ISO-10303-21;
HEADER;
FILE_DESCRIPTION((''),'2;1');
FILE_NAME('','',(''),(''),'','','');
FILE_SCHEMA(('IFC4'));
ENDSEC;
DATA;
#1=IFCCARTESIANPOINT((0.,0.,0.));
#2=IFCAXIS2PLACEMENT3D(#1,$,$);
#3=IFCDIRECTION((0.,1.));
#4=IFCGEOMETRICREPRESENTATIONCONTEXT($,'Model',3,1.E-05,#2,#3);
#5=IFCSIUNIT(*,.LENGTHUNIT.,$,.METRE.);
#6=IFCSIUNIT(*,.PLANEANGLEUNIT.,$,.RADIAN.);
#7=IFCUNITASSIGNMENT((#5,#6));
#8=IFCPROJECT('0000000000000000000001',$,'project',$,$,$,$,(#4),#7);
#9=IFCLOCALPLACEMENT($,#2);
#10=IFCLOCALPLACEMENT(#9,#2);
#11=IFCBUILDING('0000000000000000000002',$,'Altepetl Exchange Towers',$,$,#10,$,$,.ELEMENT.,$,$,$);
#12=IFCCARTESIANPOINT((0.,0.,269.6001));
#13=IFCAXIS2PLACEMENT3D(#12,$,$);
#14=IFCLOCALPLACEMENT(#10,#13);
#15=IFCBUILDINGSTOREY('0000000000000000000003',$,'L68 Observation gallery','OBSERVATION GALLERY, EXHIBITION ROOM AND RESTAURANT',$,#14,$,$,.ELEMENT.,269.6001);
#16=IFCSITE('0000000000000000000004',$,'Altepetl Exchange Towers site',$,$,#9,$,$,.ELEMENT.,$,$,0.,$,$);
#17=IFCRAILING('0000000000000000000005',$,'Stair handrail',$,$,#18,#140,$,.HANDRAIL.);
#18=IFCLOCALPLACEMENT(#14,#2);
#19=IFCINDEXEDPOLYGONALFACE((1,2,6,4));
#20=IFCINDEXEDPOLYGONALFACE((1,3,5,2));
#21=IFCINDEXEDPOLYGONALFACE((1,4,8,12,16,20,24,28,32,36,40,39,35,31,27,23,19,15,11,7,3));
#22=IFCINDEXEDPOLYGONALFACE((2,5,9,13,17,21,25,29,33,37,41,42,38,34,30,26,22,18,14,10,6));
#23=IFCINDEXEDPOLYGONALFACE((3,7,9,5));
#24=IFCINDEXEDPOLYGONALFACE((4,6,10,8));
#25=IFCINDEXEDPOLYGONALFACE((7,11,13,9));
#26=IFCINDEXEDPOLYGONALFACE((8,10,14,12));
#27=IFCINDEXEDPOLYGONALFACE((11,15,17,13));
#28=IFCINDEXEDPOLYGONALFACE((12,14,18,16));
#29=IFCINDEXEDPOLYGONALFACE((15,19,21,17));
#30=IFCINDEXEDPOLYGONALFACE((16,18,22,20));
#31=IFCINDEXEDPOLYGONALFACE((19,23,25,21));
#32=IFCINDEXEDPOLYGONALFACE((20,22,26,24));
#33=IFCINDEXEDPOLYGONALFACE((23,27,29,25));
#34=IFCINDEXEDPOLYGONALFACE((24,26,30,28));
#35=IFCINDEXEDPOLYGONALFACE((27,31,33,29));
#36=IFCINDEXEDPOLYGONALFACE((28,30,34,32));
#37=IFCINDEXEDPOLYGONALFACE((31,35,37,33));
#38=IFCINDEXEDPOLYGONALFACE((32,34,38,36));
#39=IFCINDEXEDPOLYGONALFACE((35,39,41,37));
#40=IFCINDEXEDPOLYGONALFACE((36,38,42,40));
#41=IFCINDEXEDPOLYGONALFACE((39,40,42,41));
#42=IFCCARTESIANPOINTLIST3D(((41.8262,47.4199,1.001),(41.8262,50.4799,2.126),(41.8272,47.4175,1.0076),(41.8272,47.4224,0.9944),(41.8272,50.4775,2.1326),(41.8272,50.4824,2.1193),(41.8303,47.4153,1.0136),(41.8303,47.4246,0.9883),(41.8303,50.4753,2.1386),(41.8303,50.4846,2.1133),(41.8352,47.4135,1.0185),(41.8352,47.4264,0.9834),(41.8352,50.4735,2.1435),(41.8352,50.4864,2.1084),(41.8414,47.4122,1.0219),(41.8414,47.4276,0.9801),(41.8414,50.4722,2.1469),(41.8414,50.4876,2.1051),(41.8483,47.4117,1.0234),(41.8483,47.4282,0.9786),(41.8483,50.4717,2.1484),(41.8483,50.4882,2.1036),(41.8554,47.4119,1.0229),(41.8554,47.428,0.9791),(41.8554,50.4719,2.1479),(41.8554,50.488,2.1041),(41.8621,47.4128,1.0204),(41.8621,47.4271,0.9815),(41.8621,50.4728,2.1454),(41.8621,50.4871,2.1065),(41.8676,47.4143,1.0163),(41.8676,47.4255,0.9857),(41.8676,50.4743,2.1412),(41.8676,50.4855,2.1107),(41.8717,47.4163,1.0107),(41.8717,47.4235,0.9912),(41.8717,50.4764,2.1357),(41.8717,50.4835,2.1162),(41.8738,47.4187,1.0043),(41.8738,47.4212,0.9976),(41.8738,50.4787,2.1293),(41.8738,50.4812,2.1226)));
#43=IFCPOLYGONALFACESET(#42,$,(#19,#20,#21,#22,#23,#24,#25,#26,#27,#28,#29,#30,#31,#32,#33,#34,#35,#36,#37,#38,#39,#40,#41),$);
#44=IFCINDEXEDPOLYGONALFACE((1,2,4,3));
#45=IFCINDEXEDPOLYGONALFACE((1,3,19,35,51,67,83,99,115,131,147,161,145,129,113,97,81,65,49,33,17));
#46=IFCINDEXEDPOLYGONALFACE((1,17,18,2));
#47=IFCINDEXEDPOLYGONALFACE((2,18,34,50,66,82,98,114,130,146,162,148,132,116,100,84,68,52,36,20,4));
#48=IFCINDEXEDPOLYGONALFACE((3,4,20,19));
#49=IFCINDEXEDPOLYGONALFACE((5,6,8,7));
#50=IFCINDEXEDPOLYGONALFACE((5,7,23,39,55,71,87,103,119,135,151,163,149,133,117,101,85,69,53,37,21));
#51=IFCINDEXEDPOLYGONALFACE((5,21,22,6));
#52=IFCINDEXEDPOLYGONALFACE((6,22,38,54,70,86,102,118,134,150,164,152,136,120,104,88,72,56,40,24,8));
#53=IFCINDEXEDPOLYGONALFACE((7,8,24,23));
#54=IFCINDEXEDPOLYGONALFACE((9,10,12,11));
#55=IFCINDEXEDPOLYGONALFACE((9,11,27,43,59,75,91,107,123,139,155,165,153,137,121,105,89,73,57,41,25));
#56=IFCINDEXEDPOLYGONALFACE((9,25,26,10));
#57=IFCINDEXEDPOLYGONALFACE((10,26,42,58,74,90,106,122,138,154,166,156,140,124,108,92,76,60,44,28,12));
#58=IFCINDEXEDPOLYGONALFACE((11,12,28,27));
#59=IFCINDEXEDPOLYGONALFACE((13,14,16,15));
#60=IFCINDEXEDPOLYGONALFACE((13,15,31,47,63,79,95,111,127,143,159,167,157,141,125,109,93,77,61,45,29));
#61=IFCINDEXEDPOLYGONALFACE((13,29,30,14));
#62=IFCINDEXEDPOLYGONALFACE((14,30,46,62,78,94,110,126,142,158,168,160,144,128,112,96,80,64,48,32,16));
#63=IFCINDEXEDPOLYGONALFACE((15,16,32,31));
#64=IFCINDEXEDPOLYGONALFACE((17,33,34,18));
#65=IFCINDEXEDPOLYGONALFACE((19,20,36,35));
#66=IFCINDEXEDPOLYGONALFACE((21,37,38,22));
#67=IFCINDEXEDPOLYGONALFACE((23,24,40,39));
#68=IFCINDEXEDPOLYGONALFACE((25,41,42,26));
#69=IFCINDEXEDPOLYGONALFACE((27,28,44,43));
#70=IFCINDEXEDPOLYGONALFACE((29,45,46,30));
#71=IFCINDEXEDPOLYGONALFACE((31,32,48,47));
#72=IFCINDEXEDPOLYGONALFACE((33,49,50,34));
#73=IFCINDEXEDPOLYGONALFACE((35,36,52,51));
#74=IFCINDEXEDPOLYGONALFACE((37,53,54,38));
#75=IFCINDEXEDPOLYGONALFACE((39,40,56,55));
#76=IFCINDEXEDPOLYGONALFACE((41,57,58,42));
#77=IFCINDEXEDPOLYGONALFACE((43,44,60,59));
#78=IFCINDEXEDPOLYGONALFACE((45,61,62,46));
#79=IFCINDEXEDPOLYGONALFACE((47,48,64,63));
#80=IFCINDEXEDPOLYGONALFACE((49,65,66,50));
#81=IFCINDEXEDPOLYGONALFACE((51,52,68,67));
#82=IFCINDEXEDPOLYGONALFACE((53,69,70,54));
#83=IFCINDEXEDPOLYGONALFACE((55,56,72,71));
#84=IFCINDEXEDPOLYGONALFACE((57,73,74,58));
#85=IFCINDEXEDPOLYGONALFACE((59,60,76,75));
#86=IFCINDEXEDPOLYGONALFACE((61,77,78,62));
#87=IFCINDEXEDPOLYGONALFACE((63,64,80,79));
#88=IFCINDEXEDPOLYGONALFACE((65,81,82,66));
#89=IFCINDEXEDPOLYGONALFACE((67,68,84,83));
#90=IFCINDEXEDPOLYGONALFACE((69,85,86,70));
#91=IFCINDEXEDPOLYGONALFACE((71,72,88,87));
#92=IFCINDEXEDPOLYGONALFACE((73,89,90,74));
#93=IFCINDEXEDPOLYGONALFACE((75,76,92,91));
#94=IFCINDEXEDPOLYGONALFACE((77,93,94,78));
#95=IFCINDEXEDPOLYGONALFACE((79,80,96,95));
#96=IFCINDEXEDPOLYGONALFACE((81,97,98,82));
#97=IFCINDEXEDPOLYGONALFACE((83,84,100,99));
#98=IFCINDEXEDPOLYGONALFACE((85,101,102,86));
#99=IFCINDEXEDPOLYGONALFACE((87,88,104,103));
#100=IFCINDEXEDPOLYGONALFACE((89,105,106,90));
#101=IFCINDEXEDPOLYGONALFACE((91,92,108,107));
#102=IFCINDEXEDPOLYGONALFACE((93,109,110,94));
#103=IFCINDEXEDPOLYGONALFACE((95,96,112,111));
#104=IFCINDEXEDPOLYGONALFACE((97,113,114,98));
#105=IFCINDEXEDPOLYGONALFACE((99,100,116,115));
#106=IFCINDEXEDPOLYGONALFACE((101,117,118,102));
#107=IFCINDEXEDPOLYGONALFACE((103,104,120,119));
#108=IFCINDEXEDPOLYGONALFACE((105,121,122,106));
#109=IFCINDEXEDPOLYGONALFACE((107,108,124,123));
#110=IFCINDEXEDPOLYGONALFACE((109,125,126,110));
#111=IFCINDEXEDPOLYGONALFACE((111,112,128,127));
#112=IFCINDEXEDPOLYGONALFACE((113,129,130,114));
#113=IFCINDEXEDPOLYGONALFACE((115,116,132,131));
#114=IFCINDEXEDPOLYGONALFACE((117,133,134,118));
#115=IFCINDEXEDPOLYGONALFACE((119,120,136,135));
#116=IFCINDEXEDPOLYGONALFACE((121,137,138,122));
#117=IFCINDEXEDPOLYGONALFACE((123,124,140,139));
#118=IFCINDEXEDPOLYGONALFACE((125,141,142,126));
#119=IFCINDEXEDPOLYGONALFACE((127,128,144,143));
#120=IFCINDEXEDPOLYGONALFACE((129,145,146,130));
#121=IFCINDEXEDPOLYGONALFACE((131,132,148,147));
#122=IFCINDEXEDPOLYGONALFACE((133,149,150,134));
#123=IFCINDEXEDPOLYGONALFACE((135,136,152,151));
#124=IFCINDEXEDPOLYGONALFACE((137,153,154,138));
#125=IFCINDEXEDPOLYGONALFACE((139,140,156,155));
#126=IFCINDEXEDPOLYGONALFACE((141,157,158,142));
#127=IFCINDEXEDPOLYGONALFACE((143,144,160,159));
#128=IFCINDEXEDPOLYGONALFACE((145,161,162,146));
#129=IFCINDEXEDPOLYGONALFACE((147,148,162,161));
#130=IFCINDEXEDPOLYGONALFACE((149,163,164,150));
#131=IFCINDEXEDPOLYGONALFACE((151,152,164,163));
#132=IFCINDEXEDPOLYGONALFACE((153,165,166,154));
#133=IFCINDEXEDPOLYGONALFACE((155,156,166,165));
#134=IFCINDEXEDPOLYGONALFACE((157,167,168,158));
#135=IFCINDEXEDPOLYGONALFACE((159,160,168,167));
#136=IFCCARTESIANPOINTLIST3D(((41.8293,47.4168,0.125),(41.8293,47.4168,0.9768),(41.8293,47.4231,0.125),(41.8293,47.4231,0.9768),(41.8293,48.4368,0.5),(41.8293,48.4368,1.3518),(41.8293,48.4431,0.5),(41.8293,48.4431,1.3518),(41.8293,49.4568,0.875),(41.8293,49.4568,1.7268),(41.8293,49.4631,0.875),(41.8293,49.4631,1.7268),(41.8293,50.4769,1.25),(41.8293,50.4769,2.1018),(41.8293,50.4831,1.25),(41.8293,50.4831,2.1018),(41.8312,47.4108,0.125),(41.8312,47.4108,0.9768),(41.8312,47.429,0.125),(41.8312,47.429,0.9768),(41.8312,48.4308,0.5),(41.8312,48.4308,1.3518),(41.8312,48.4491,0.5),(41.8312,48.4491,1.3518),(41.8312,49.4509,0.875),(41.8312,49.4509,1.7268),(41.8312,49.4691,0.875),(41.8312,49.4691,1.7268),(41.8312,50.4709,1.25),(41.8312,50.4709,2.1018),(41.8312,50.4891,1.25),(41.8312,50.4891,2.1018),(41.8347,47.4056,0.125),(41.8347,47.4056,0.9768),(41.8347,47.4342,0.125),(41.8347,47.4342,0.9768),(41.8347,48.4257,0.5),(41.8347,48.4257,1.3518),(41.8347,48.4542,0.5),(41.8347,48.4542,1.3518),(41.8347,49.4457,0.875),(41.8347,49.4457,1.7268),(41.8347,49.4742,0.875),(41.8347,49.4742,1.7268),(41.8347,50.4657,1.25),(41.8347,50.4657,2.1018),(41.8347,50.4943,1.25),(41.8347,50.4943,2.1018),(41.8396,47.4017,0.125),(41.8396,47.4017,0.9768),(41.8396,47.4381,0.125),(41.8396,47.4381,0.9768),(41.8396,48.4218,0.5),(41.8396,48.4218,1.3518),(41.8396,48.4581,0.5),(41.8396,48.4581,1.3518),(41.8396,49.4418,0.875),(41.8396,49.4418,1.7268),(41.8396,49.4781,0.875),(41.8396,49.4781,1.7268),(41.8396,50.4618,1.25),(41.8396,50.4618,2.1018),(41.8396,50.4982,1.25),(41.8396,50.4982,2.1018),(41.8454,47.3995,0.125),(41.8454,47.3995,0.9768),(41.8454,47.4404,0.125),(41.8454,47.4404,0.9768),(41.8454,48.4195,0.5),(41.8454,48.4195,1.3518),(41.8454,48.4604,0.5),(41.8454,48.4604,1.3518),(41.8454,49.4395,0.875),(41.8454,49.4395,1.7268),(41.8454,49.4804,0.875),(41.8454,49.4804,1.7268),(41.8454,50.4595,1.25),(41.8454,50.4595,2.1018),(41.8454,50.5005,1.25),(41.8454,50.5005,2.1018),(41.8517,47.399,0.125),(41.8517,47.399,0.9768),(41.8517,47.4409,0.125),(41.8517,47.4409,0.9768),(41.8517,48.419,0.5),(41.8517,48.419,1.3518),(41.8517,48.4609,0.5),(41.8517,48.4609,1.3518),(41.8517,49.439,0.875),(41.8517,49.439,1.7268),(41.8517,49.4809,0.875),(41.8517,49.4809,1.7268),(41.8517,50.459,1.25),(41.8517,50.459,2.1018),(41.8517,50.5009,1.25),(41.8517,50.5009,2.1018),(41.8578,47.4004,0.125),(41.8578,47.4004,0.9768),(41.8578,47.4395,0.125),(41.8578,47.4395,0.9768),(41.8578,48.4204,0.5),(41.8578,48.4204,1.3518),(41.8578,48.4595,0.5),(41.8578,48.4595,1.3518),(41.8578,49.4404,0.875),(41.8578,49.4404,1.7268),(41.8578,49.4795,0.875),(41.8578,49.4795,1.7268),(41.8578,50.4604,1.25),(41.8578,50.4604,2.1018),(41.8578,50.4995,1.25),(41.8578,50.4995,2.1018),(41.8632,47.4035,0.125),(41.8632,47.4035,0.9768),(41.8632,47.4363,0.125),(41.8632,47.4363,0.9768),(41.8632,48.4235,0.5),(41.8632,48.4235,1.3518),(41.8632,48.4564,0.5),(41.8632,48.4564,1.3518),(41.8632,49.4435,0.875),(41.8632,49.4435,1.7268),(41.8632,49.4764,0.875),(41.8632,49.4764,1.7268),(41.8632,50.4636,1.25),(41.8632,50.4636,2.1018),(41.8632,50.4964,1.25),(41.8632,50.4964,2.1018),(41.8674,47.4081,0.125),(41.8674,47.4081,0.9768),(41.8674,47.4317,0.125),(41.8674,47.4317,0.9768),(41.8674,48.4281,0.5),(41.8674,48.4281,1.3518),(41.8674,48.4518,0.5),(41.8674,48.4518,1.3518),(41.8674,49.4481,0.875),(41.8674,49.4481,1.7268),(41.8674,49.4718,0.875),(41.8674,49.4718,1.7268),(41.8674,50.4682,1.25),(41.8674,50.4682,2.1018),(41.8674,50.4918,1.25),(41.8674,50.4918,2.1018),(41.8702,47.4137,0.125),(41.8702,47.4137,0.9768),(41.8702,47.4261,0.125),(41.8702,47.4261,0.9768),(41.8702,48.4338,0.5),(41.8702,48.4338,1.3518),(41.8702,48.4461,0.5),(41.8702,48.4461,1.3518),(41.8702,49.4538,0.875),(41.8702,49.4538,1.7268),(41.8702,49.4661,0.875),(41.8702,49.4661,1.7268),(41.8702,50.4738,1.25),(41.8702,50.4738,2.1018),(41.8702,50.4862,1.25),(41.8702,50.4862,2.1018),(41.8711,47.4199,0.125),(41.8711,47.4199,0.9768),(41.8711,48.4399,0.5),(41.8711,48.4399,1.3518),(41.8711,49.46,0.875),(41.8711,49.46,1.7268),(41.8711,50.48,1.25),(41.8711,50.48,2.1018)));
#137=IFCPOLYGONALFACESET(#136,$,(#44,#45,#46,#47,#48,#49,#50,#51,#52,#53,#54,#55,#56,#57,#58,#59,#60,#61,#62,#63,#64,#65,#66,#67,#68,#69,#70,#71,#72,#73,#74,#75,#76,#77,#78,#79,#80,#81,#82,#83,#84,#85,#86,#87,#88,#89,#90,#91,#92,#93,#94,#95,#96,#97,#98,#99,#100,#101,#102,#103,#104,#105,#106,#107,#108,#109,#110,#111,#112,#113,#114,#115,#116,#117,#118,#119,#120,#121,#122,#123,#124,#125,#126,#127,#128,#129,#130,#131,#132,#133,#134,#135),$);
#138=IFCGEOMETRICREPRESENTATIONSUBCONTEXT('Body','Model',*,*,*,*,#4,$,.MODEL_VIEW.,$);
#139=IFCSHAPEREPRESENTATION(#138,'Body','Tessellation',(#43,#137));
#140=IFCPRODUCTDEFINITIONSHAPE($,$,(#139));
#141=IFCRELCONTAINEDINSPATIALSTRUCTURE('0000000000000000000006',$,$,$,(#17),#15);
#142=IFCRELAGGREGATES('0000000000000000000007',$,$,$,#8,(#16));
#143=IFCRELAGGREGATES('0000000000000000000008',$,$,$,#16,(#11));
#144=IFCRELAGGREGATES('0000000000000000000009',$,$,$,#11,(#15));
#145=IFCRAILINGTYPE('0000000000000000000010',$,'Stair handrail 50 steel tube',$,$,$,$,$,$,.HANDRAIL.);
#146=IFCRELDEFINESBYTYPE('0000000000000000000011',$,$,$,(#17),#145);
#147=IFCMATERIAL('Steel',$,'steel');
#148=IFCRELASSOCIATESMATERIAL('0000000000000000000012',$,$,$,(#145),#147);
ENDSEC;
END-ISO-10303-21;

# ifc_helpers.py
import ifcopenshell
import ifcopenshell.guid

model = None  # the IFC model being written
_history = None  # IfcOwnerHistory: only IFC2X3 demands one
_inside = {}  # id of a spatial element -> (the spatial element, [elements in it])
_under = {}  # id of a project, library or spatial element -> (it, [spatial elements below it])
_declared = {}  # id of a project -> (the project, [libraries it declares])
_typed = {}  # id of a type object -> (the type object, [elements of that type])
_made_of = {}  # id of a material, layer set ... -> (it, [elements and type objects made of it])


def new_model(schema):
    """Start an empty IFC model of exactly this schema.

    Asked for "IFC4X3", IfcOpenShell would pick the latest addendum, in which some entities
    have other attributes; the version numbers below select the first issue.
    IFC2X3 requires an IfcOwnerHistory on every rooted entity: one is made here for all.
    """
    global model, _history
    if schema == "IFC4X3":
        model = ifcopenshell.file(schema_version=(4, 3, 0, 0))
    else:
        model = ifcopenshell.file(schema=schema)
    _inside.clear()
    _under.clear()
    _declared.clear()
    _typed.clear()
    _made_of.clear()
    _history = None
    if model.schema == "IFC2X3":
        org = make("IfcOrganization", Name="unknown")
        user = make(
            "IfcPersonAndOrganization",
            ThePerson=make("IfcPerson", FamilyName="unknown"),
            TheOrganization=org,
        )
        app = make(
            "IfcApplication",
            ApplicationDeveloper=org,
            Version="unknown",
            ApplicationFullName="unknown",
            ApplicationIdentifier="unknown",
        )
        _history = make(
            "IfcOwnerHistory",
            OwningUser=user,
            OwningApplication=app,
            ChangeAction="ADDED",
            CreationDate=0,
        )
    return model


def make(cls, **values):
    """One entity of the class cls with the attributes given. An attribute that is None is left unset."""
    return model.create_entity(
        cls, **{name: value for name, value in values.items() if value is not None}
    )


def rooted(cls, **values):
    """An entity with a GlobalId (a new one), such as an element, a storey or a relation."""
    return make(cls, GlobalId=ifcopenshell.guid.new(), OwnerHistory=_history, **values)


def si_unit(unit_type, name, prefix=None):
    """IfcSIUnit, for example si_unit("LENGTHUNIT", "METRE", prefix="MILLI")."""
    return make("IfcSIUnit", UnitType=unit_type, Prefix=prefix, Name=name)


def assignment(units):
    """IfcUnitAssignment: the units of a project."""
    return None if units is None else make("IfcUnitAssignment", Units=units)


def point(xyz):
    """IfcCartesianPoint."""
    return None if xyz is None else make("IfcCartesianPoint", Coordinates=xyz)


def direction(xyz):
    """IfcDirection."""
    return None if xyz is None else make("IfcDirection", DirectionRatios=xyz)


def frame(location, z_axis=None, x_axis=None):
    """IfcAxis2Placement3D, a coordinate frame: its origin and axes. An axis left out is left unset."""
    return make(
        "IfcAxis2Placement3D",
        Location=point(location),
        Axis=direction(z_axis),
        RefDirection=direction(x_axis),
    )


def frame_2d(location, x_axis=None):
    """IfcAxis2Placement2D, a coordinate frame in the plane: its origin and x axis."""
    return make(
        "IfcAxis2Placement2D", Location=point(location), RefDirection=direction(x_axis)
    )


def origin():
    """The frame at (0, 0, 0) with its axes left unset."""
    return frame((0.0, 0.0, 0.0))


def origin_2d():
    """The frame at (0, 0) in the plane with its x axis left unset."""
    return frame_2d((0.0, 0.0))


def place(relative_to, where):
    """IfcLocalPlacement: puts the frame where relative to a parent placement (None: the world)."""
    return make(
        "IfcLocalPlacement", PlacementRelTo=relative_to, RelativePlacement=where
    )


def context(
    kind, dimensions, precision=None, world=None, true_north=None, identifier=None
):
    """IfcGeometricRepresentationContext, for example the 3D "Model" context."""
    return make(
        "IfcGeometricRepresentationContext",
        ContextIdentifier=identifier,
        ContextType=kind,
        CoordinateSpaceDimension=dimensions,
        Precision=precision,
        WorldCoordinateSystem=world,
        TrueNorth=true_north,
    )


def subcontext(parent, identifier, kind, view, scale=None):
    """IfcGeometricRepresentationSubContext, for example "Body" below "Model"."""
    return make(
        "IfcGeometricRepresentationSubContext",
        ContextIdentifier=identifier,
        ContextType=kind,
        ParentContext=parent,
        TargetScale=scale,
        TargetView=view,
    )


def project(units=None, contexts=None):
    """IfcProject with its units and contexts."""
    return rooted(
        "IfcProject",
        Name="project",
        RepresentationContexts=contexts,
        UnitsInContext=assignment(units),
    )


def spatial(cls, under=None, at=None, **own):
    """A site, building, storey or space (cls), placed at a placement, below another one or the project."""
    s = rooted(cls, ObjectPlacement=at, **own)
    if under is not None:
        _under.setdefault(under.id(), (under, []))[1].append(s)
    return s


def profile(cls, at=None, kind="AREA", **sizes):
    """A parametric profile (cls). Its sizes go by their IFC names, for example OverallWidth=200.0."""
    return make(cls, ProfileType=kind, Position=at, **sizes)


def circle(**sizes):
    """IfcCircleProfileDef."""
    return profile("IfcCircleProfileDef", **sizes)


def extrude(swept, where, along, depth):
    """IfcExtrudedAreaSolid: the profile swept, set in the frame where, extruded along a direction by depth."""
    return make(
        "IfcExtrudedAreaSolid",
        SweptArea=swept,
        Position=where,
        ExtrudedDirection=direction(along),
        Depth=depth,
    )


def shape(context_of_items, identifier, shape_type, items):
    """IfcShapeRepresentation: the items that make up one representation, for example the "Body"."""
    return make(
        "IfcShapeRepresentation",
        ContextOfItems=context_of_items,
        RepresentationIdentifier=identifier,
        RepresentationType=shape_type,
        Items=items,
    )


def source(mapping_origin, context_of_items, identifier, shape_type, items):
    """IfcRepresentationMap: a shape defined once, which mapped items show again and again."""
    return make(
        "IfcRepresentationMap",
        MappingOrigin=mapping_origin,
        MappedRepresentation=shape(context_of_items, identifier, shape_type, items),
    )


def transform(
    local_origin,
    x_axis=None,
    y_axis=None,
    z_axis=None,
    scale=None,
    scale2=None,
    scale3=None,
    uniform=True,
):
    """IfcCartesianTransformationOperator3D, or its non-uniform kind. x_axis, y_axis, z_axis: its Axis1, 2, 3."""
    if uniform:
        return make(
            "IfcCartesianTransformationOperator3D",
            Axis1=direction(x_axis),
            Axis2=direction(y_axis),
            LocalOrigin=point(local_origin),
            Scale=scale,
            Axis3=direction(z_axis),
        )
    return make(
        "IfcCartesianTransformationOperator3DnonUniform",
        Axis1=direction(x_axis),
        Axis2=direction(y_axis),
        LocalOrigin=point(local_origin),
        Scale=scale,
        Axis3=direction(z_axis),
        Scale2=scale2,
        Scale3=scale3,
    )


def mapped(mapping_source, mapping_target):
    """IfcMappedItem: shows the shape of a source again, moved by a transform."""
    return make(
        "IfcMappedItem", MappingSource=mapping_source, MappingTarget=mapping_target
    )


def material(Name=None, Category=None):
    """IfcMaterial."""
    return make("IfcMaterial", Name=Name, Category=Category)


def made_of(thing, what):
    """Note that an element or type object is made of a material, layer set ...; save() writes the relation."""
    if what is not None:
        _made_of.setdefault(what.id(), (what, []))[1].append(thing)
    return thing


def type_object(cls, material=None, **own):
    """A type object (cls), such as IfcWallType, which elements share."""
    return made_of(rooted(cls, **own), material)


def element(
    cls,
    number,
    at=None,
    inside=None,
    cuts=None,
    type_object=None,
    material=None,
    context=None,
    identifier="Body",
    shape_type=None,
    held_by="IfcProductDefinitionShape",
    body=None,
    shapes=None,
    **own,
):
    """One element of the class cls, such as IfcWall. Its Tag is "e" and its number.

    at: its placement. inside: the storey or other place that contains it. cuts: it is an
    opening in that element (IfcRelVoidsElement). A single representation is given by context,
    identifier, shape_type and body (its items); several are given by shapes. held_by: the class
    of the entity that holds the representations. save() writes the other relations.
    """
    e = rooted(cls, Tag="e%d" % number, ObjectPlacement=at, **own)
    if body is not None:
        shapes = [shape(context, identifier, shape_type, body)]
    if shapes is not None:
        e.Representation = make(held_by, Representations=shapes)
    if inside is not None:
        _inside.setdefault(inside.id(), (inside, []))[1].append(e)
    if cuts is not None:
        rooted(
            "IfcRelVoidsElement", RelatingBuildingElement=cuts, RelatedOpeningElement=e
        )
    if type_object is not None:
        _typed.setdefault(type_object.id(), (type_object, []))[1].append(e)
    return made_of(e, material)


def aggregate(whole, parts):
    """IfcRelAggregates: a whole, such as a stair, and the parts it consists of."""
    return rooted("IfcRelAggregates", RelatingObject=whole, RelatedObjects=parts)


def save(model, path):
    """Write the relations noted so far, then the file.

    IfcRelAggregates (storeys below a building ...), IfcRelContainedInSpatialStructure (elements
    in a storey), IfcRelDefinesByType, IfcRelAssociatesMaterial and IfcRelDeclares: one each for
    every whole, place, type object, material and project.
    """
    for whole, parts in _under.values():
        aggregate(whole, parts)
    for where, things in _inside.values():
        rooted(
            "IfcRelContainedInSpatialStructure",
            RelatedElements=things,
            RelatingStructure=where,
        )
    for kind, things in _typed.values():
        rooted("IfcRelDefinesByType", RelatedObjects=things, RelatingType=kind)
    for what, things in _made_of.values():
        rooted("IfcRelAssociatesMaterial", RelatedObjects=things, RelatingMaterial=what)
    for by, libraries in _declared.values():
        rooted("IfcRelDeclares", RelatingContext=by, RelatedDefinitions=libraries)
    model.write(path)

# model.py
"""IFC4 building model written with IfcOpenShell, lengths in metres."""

from ifc_helpers import new_model, si_unit, direction, frame, origin, origin_2d, place, context, subcontext, project, spatial, circle, extrude, source, transform, mapped, material, type_object, element, save


model = new_model("IFC4")

# Units and contexts
model_context = context("Model", 3, precision=1e-05, world=origin(), true_north=direction((0.0, 1.0)))
body_context = subcontext(model_context, "Body", "Model", "MODEL_VIEW")
ifc_project = project(units=[si_unit("LENGTHUNIT", "METRE"), si_unit("PLANEANGLEUNIT", "RADIAN")], contexts=[model_context])

# Site, building, storey
site_placement = place(None, origin())
site = spatial("IfcSite", under=ifc_project, at=site_placement, Name="Altepetl Exchange Towers site", CompositionType="ELEMENT", RefElevation=0.0)
building_placement = place(site_placement, origin())
building = spatial("IfcBuilding", under=site, at=building_placement, Name="Altepetl Exchange Towers", CompositionType="ELEMENT")
storey_placement = place(building_placement, frame((0.0, 0.0, 269.6001)))
storey = spatial("IfcBuildingStorey", under=building, at=storey_placement, Name="L68 Observation gallery", Description="OBSERVATION GALLERY, EXHIBITION ROOM AND RESTAURANT", CompositionType="ELEMENT", Elevation=269.6001)

# Railing
ifc_material_1 = material(Name="Steel", Category="steel")
railing_type = type_object("IfcRailingType", Name="Stair handrail 50 steel tube", PredefinedType="HANDRAIL", material=ifc_material_1)
shared_shape = source(origin(), body_context, "Body", "SweptSolid", [
    extrude(circle(Radius=0.021, at=origin_2d()), origin(), (0.0, 0.0, 1.0), 0.8518),
])
for number, where, name in (
    (1, (41.8501, 47.4199, 0.125), "Stair handrail"),
):
    element("IfcRailing", number, at=place(storey_placement, frame(where)), inside=storey, type_object=railing_type, Name=name, PredefinedType="HANDRAIL", context=body_context, shape_type="SweptSolid", body=[
        extrude(circle(Radius=0.0239, at=origin_2d()), frame((0.0, 0.0, 0.876), z_axis=(0.0, 0.938581, 0.34506), x_axis=(-1.0, 0.0, 0.0)), (0.0, 0.0, 1.0), 3.2603),
        mapped(shared_shape, transform((0.0, 0.0, 0.0))),
        mapped(shared_shape, transform((0.0, 1.02, 0.375))),
        mapped(shared_shape, transform((0.0, 2.04, 0.75))),
        mapped(shared_shape, transform((0.0, 3.0601, 1.125))),
    ])

save(model, "model.ifc")
